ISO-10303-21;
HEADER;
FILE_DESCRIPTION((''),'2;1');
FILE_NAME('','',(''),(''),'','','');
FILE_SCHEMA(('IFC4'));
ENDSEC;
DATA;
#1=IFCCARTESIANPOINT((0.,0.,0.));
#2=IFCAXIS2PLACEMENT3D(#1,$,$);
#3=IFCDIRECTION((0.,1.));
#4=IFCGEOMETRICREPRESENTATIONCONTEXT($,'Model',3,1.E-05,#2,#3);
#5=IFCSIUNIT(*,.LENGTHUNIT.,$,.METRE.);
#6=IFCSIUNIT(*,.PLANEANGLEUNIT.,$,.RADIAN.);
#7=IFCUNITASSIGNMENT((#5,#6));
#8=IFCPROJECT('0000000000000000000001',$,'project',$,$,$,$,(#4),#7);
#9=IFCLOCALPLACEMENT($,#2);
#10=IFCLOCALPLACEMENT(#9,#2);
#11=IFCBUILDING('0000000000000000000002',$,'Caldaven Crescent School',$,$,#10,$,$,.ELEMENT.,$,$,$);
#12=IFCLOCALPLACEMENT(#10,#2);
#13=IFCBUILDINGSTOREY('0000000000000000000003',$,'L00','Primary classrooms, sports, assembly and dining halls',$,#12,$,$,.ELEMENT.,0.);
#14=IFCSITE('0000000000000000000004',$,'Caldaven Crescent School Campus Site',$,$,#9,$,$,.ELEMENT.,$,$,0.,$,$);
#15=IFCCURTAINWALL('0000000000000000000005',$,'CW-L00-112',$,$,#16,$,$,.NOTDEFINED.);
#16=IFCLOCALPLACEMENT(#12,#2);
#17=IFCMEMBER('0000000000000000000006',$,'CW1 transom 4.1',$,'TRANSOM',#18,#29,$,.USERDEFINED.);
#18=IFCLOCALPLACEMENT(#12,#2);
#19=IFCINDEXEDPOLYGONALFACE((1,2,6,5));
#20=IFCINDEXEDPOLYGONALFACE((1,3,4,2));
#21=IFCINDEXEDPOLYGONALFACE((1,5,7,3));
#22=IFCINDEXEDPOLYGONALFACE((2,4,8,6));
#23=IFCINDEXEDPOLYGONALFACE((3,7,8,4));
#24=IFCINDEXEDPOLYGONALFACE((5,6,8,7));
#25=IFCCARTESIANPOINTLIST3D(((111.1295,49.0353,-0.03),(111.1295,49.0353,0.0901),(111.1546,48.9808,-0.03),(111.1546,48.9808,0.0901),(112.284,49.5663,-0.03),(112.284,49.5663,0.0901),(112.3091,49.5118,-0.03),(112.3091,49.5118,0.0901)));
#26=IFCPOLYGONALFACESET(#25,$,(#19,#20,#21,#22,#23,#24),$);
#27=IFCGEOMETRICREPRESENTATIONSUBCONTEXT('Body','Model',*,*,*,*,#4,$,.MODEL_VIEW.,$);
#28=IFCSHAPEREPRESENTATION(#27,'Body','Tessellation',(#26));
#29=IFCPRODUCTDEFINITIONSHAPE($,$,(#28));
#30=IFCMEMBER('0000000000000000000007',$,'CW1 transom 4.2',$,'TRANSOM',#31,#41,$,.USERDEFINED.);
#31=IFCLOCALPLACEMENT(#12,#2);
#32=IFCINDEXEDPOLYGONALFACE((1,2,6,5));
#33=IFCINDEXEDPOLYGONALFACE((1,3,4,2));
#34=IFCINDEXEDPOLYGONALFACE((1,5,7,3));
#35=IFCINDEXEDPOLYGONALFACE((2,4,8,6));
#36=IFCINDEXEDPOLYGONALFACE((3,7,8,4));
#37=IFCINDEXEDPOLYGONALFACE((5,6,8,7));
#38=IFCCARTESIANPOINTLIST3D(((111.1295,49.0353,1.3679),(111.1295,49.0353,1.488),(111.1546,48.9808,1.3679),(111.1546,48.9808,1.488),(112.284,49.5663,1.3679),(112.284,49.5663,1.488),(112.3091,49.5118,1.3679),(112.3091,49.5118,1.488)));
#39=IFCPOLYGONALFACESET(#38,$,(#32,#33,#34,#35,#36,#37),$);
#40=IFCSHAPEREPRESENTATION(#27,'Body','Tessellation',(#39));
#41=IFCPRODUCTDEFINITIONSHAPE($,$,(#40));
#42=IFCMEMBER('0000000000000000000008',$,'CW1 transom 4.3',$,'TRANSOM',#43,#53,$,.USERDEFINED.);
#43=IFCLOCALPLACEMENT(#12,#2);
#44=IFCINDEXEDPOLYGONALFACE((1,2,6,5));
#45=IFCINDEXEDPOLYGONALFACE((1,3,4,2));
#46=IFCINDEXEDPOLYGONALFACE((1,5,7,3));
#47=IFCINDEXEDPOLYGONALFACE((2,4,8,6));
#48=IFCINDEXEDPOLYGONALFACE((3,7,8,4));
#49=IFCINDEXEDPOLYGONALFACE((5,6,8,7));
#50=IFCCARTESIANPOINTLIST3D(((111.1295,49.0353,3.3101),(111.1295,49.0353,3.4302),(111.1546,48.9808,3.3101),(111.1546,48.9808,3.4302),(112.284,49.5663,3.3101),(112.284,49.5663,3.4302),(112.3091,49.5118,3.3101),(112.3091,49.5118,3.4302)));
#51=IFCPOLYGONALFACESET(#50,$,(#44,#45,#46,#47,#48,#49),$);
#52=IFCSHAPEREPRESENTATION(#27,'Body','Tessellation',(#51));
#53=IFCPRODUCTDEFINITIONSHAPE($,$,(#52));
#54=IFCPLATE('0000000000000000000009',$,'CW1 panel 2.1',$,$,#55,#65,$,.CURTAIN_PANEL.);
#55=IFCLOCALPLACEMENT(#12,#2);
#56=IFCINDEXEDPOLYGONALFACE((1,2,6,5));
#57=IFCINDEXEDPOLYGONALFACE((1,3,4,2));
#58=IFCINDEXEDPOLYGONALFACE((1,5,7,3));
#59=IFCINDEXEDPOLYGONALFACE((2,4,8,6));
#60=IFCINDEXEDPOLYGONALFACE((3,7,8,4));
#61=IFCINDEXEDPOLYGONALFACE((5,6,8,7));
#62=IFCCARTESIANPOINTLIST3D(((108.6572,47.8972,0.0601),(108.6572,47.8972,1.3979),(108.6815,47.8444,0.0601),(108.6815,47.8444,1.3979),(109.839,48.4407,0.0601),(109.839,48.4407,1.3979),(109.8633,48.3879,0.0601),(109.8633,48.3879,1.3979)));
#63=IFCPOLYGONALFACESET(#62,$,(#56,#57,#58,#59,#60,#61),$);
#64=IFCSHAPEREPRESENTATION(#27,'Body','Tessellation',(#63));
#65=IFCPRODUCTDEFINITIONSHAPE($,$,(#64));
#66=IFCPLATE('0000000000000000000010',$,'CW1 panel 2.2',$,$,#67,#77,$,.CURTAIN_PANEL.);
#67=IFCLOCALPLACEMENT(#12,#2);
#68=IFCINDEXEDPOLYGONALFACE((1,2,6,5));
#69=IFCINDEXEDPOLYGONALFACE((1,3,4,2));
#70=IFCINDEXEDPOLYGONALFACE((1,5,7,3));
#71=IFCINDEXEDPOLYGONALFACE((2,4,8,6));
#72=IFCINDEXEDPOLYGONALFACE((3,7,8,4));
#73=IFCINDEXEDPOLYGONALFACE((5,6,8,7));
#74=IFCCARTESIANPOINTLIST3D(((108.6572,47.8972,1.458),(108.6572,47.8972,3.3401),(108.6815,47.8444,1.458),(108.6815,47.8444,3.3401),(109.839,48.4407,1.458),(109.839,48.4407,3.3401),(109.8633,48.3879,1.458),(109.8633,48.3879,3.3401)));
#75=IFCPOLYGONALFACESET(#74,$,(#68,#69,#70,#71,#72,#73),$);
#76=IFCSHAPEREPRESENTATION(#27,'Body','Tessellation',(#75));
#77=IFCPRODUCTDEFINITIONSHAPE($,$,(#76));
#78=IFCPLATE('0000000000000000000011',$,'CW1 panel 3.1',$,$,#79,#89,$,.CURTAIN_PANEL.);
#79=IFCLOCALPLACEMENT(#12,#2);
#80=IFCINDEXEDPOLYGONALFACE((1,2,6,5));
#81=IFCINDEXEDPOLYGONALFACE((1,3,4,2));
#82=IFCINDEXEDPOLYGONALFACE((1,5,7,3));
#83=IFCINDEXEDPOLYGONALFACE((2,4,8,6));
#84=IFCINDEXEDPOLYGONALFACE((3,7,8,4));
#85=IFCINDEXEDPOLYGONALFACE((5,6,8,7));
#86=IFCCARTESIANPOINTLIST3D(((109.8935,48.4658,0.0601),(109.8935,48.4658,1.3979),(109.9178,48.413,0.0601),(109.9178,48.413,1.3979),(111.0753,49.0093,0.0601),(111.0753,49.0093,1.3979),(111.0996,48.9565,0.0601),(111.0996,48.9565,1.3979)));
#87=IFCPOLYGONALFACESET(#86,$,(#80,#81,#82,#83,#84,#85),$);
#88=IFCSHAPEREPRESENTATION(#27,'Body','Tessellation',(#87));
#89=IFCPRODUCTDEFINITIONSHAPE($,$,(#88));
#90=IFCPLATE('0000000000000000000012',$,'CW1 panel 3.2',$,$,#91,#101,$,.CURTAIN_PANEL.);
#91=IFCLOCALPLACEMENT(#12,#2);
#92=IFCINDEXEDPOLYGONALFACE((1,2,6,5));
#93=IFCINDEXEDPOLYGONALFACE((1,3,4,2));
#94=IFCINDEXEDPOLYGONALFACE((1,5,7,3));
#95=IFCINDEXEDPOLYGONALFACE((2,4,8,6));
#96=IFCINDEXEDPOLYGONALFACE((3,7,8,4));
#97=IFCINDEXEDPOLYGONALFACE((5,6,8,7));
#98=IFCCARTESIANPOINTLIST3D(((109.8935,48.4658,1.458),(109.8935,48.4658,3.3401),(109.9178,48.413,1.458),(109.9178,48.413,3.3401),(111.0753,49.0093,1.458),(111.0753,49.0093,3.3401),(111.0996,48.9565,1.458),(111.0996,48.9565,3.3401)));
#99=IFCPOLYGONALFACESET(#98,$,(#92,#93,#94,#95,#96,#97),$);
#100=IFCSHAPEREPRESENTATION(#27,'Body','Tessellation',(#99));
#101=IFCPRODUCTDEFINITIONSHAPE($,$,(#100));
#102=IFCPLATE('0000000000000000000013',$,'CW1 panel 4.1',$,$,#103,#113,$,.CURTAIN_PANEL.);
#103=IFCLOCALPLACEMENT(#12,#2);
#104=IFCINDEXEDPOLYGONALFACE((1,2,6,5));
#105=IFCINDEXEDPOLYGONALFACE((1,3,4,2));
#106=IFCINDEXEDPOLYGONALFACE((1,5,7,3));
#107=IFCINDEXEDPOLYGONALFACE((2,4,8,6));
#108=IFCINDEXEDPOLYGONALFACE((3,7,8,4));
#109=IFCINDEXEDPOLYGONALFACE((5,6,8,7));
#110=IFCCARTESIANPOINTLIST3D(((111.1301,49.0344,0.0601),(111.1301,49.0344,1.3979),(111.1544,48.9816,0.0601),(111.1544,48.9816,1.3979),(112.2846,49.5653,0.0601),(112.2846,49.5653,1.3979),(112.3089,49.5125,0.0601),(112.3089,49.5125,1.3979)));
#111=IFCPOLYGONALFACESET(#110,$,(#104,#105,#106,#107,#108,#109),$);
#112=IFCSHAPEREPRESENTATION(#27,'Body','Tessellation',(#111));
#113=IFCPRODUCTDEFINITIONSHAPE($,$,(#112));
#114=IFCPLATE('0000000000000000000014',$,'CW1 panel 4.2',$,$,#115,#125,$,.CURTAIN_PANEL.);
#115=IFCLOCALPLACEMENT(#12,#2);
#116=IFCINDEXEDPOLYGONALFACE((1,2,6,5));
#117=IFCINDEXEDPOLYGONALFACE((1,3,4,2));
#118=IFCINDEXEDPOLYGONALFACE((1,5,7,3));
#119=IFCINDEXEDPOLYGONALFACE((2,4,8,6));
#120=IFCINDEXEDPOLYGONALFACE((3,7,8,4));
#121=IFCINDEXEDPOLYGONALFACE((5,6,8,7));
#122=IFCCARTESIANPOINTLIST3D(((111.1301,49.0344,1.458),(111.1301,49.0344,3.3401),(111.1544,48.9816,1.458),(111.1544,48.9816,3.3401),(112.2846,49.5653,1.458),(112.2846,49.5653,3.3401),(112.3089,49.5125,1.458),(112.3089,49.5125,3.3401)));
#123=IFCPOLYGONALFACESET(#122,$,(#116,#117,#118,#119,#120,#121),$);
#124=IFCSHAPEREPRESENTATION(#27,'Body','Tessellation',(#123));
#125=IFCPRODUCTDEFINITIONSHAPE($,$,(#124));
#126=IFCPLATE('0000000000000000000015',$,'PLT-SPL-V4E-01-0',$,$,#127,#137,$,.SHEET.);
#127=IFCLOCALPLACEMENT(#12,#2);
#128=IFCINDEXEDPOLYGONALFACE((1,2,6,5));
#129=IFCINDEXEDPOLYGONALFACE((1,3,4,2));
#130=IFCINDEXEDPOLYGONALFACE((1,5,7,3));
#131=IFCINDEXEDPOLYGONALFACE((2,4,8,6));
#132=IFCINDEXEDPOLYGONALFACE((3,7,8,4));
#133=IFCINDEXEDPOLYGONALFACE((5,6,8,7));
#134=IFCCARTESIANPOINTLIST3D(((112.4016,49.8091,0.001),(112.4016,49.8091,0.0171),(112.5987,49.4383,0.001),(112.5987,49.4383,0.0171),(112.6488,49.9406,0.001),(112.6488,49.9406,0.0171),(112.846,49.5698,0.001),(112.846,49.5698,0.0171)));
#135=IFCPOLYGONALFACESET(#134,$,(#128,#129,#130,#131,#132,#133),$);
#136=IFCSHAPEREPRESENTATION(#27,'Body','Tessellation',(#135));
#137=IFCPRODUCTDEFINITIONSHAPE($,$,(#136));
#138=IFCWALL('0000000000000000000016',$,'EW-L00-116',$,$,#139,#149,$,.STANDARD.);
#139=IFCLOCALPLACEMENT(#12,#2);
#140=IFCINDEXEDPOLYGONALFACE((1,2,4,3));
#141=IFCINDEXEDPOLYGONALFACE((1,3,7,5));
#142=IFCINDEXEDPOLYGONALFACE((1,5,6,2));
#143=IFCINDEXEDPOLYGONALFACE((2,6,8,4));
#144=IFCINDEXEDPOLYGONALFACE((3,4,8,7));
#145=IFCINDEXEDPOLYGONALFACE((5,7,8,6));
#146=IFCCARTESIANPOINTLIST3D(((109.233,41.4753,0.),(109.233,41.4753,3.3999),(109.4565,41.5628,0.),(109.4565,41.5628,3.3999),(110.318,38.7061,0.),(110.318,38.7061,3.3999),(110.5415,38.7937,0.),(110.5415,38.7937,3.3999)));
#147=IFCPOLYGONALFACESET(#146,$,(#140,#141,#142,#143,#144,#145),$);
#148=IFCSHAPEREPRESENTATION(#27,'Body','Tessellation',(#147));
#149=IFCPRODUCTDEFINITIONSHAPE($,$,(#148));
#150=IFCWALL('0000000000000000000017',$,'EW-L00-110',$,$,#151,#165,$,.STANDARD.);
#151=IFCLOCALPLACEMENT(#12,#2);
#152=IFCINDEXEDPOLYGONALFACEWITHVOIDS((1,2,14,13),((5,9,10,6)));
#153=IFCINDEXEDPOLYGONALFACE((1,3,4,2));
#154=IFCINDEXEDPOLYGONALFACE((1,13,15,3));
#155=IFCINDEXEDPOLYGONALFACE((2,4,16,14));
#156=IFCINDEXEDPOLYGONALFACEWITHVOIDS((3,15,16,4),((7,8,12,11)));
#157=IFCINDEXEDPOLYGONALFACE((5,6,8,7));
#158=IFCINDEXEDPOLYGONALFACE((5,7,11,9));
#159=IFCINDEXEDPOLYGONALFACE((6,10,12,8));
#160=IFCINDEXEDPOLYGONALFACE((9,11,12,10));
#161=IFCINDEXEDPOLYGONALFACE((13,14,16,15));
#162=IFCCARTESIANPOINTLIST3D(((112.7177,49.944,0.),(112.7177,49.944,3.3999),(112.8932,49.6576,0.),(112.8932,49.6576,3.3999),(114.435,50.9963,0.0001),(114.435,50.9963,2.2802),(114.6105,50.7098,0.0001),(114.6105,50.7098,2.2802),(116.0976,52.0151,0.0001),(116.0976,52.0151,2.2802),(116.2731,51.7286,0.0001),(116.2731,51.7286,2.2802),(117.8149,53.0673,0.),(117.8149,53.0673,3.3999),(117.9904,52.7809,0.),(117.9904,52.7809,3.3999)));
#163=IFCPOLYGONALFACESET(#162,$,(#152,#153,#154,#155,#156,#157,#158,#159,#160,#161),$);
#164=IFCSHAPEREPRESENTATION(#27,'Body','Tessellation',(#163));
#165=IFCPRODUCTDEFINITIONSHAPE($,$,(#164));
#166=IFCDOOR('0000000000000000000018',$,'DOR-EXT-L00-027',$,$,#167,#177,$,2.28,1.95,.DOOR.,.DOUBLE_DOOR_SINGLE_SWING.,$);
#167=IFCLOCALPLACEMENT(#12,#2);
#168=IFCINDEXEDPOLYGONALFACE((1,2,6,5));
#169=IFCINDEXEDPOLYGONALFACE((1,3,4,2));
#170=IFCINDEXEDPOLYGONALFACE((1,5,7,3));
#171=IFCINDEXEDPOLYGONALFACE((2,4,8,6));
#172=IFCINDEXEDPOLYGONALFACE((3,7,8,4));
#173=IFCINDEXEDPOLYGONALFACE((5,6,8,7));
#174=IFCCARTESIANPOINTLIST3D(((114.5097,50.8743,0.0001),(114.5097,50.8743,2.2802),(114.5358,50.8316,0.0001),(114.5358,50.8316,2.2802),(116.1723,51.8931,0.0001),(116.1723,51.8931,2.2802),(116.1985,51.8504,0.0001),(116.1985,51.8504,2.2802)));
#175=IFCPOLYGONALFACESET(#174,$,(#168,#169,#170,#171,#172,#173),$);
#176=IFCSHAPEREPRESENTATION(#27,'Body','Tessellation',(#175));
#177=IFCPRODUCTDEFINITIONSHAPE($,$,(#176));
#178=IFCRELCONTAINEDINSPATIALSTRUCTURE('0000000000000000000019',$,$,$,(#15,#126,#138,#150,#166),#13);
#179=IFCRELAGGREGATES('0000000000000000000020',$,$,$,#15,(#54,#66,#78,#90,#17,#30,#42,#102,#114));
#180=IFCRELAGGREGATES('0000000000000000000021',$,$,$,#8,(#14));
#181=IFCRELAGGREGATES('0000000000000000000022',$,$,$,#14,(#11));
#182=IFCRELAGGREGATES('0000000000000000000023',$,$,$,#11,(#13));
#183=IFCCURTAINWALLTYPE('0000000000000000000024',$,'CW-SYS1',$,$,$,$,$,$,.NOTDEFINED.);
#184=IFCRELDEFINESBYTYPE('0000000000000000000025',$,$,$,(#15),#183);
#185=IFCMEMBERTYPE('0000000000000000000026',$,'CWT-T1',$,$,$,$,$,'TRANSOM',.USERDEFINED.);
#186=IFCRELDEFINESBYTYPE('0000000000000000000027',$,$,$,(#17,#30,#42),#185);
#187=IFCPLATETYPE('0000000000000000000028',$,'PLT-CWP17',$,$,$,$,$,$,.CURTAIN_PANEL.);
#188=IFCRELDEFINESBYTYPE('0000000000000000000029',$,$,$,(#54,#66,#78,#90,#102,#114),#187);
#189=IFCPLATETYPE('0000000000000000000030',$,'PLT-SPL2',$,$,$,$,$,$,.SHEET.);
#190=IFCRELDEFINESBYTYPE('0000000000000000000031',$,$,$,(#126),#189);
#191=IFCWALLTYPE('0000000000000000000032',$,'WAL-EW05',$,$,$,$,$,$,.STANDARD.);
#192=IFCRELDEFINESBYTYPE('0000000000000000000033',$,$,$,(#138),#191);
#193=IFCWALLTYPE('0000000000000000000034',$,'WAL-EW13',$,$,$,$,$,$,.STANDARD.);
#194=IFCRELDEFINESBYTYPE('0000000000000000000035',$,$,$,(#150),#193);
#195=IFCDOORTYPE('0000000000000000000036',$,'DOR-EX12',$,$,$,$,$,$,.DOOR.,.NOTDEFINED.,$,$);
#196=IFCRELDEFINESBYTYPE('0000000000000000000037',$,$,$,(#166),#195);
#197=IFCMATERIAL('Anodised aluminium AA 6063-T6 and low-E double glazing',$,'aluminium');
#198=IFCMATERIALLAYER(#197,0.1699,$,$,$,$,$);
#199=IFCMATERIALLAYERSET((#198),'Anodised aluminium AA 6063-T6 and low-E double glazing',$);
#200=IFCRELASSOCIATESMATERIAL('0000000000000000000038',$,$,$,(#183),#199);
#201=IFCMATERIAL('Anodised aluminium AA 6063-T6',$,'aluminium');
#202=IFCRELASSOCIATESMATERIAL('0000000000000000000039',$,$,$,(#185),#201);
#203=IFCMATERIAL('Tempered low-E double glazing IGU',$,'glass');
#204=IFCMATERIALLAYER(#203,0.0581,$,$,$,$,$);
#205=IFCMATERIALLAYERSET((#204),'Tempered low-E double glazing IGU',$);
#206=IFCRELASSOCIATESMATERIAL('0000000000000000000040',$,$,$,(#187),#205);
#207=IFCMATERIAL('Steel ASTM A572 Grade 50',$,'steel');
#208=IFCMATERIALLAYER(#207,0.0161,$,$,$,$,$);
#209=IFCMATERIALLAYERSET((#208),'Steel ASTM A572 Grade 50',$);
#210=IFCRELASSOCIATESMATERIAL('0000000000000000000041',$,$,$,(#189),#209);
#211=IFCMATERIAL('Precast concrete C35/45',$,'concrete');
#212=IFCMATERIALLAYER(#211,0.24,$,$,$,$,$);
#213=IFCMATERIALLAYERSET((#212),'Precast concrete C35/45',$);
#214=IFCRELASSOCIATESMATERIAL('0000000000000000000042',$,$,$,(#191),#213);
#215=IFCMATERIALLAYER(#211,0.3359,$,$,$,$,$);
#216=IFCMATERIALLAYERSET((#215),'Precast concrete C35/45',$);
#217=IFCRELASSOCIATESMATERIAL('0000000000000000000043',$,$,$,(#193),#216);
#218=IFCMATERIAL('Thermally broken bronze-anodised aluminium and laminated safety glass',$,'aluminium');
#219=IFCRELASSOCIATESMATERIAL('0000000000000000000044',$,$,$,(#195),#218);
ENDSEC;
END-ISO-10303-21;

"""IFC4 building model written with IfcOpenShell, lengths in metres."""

from ifc_helpers import new_model, si_unit, direction, frame, frame_2d, origin, origin_2d, place, context, subcontext, project, spatial, rectangle, extrude, material, layer, layer_set, material_profile, profile_set, type_object, element, fill, aggregate, save


model = new_model("IFC4")

# Units and contexts
model_context = context("Model", 3, precision=1e-05, world=origin(), true_north=direction((0.0, 1.0)))
body_context = subcontext(model_context, "Body", "Model", "MODEL_VIEW")
ifc_project = project(units=[si_unit("LENGTHUNIT", "METRE"), si_unit("PLANEANGLEUNIT", "RADIAN")], contexts=[model_context])

# Site, building, storey
site_placement = place(None, origin())
site = spatial("IfcSite", under=ifc_project, at=site_placement, Name="Caldaven Crescent School Campus Site", CompositionType="ELEMENT", RefElevation=0.0)
building_placement = place(site_placement, origin())
building = spatial("IfcBuilding", under=site, at=building_placement, Name="Caldaven Crescent School", CompositionType="ELEMENT")
storey_placement = place(building_placement, origin())
storey = spatial("IfcBuildingStorey", under=building, at=storey_placement, Name="L00", Description="Primary classrooms, sports, assembly and dining halls", CompositionType="ELEMENT", Elevation=0.0)

# Shared definitions
ifc_material_1 = material(Name="Steel ASTM A572 Grade 50", Category="steel")

# Curtain wall, members, plates
ifc_material_2 = material(Name="Anodised aluminium AA 6063-T6 and low-E double glazing", Category="aluminium")
ifc_layer_1 = layer(ifc_material_2, 0.1699)
ifc_layer_set_1 = layer_set([ifc_layer_1], Name="Anodised aluminium AA 6063-T6 and low-E double glazing")
curtain_wall_type = type_object("IfcCurtainWallType", Name="CW-SYS1", PredefinedType="NOTDEFINED", material=ifc_layer_set_1)
curtain_wall_placement = place(storey_placement, origin())
curtain_wall = element("IfcCurtainWall", 1, at=curtain_wall_placement, inside=storey, type_object=curtain_wall_type, Name="CW-L00-112", PredefinedType="NOTDEFINED")
ifc_material_3 = material(Name="Anodised aluminium AA 6063-T6", Category="aluminium")
ifc_material_profile_1 = material_profile(ifc_material_3, rectangle(XDim=0.0601, YDim=0.1201, at=origin_2d()), Name="CWT 60x120")
ifc_profile_set_1 = profile_set([ifc_material_profile_1], Name="Anodised aluminium AA 6063-T6")
member_type_1 = type_object("IfcMemberType", Name="CWT-T1", ElementType="TRANSOM", PredefinedType="USERDEFINED", material=ifc_profile_set_1)
member_1_placement = place(storey_placement, frame((111.1421, 49.0081, 0.03), z_axis=(0.908515, 0.417852, 0.0), x_axis=(-0.417852, 0.908515, 0.0)))
member_1 = element("IfcMember", 2, at=member_1_placement, type_object=member_type_1, Name="CW1 transom 4.1", ObjectType="TRANSOM", PredefinedType="USERDEFINED", context=body_context, shape_type="SweptSolid", body=[
    extrude(rectangle(XDim=0.0601, YDim=0.1201, at=origin_2d()), origin(), (0.0, 0.0, 1.0), 1.2708),
])
member_2_placement = place(storey_placement, frame((111.1421, 49.0081, 1.428), z_axis=(0.908515, 0.417852, 0.0), x_axis=(-0.417852, 0.908515, 0.0)))
member_2 = element("IfcMember", 3, at=member_2_placement, type_object=member_type_1, Name="CW1 transom 4.2", ObjectType="TRANSOM", PredefinedType="USERDEFINED", context=body_context, shape_type="SweptSolid", body=[
    extrude(rectangle(XDim=0.0601, YDim=0.1201, at=origin_2d()), origin(), (0.0, 0.0, 1.0), 1.2708),
])
member_3_placement = place(storey_placement, frame((111.1421, 49.0081, 3.3701), z_axis=(0.908515, 0.417852, 0.0), x_axis=(-0.417852, 0.908515, 0.0)))
member_3 = element("IfcMember", 4, at=member_3_placement, type_object=member_type_1, Name="CW1 transom 4.3", ObjectType="TRANSOM", PredefinedType="USERDEFINED", context=body_context, shape_type="SweptSolid", body=[
    extrude(rectangle(XDim=0.0601, YDim=0.1201, at=origin_2d()), origin(), (0.0, 0.0, 1.0), 1.2708),
])
ifc_material_4 = material(Name="Tempered low-E double glazing IGU", Category="glass")
ifc_layer_2 = layer(ifc_material_4, 0.0581)
ifc_layer_set_2 = layer_set([ifc_layer_2], Name="Tempered low-E double glazing IGU")
plate_type_1 = type_object("IfcPlateType", Name="PLT-CWP17", PredefinedType="CURTAIN_PANEL", material=ifc_layer_set_2)
plate_1_placement = place(storey_placement, frame((109.2603, 48.1426, 0.0601), z_axis=(0.0, 0.0, 1.0), x_axis=(0.908528, 0.417824, 0.0)))
plate_1 = element("IfcPlate", 5, at=plate_1_placement, type_object=plate_type_1, Name="CW1 panel 2.1", PredefinedType="CURTAIN_PANEL", context=body_context, shape_type="SweptSolid", body=[
    extrude(rectangle(XDim=1.3008, YDim=0.0581, at=origin_2d()), origin(), (0.0, 0.0, 1.0), 1.3379),
])
plate_2_placement = place(storey_placement, frame((109.2603, 48.1426, 1.458), z_axis=(0.0, 0.0, 1.0), x_axis=(0.908528, 0.417824, 0.0)))
plate_2 = element("IfcPlate", 6, at=plate_2_placement, type_object=plate_type_1, Name="CW1 panel 2.2", PredefinedType="CURTAIN_PANEL", context=body_context, shape_type="SweptSolid", body=[
    extrude(rectangle(XDim=1.3008, YDim=0.0581, at=origin_2d()), origin(), (0.0, 0.0, 1.0), 1.8821),
])
plate_3_placement = place(storey_placement, frame((110.4966, 48.7112, 0.0601), z_axis=(0.0, 0.0, 1.0), x_axis=(0.908528, 0.417824, 0.0)))
plate_3 = element("IfcPlate", 7, at=plate_3_placement, type_object=plate_type_1, Name="CW1 panel 3.1", PredefinedType="CURTAIN_PANEL", context=body_context, shape_type="SweptSolid", body=[
    extrude(rectangle(XDim=1.3008, YDim=0.0581, at=origin_2d()), origin(), (0.0, 0.0, 1.0), 1.3379),
])
plate_4_placement = place(storey_placement, frame((110.4966, 48.7112, 1.458), z_axis=(0.0, 0.0, 1.0), x_axis=(0.908528, 0.417824, 0.0)))
plate_4 = element("IfcPlate", 8, at=plate_4_placement, type_object=plate_type_1, Name="CW1 panel 3.2", PredefinedType="CURTAIN_PANEL", context=body_context, shape_type="SweptSolid", body=[
    extrude(rectangle(XDim=1.3008, YDim=0.0581, at=origin_2d()), origin(), (0.0, 0.0, 1.0), 1.8821),
])
plate_5_placement = place(storey_placement, frame((111.7195, 49.2734, 0.0601), z_axis=(0.0, 0.0, 1.0), x_axis=(0.908528, 0.417824, 0.0)))
plate_5 = element("IfcPlate", 9, at=plate_5_placement, type_object=plate_type_1, Name="CW1 panel 4.1", PredefinedType="CURTAIN_PANEL", context=body_context, shape_type="SweptSolid", body=[
    extrude(rectangle(XDim=1.2708, YDim=0.0581, at=origin_2d()), origin(), (0.0, 0.0, 1.0), 1.3379),
])
plate_6_placement = place(storey_placement, frame((111.7195, 49.2734, 1.458), z_axis=(0.0, 0.0, 1.0), x_axis=(0.908528, 0.417824, 0.0)))
plate_6 = element("IfcPlate", 10, at=plate_6_placement, type_object=plate_type_1, Name="CW1 panel 4.2", PredefinedType="CURTAIN_PANEL", context=body_context, shape_type="SweptSolid", body=[
    extrude(rectangle(XDim=1.2708, YDim=0.0581, at=origin_2d()), origin(), (0.0, 0.0, 1.0), 1.8821),
])
aggregate(curtain_wall, [plate_1, plate_2, plate_3, plate_4, member_1, member_2, member_3, plate_5, plate_6])

# Plate
ifc_layer_3 = layer(ifc_material_1, 0.0161)
ifc_layer_set_3 = layer_set([ifc_layer_3], Name="Steel ASTM A572 Grade 50")
plate_type_2 = type_object("IfcPlateType", Name="PLT-SPL2", PredefinedType="SHEET", material=ifc_layer_set_3)
plate_7_placement = place(storey_placement, frame((112.6238, 49.6895, 0.001), z_axis=(0.0, 0.0, 1.0), x_axis=(0.469472, -0.882948, 0.0)))
element("IfcPlate", 11, at=plate_7_placement, inside=storey, type_object=plate_type_2, Name="PLT-SPL-V4E-01-0", PredefinedType="SHEET", context=body_context, shape_type="SweptSolid", body=[
    extrude(rectangle(XDim=0.4199, YDim=0.28, at=origin_2d()), origin(), (0.0, 0.0, 1.0), 0.0161),
])

# Wall
ifc_material_5 = material(Name="Precast concrete C35/45", Category="concrete")
ifc_layer_4 = layer(ifc_material_5, 0.24)
ifc_layer_set_4 = layer_set([ifc_layer_4], Name="Precast concrete C35/45")
wall_type_1 = type_object("IfcWallType", Name="WAL-EW05", PredefinedType="STANDARD", material=ifc_layer_set_4)
wall_1_placement = place(storey_placement, frame((109.3447, 41.519, 0.0), z_axis=(0.0, 0.0, 1.0), x_axis=(0.364814, -0.93108, 0.0)))
element("IfcWall", 12, at=wall_1_placement, inside=storey, type_object=wall_type_1, Name="EW-L00-116", PredefinedType="STANDARD", context=body_context, shape_type="SweptSolid", body=[
    extrude(rectangle(XDim=2.9741, YDim=0.24, at=frame_2d((1.4871, 0.0))), origin(), (0.0, 0.0, 1.0), 3.3999),
])

# Wall, opening, door
ifc_layer_5 = layer(ifc_material_5, 0.3359)
ifc_layer_set_5 = layer_set([ifc_layer_5], Name="Precast concrete C35/45")
wall_type_2 = type_object("IfcWallType", Name="WAL-EW13", PredefinedType="STANDARD", material=ifc_layer_set_5)
wall_2_placement = place(storey_placement, frame((112.8054, 49.8008, 0.0), z_axis=(0.0, 0.0, 1.0), x_axis=(0.852659, 0.522467, 0.0)))
wall_2 = element("IfcWall", 13, at=wall_2_placement, inside=storey, type_object=wall_type_2, Name="EW-L00-110", PredefinedType="STANDARD", context=body_context, shape_type="SweptSolid", body=[
    extrude(rectangle(XDim=5.978, YDim=0.3359, at=frame_2d((2.989, 0.0))), origin(), (0.0, 0.0, 1.0), 3.3999),
])
opening_1_placement = place(wall_2_placement, frame((2.0139, 0.0, 0.0)))
opening_1 = element("IfcOpeningElement", 14, at=opening_1_placement, cuts=wall_2, PredefinedType="OPENING", context=body_context, shape_type="SweptSolid", body=[
    extrude(rectangle(XDim=1.95, YDim=2.28, at=frame_2d((0.9751, 1.1401))), frame((0.0, 0.178, 0.0), z_axis=(0.0, -1.0, 0.0), x_axis=(1.0, 0.0, 0.0)), (0.0, 0.0, 1.0), 0.356),
])
ifc_material_6 = material(Name="Thermally broken bronze-anodised aluminium and laminated safety glass", Category="aluminium")
door_type_1 = type_object("IfcDoorType", Name="DOR-EX12", OperationType="NOTDEFINED", PredefinedType="DOOR", material=ifc_material_6)
door_1_placement = place(opening_1_placement, origin())
door_1 = element("IfcDoor", 15, at=door_1_placement, inside=storey, type_object=door_type_1, Name="DOR-EXT-L00-027", OperationType="DOUBLE_DOOR_SINGLE_SWING", OverallHeight=2.28, OverallWidth=1.95, PredefinedType="DOOR", context=body_context, shape_type="SweptSolid", body=[
    extrude(rectangle(XDim=1.95, YDim=2.28, at=frame_2d((0.9751, 1.1401))), frame((0.0, 0.0249, 0.0), z_axis=(0.0, -1.0, 0.0), x_axis=(1.0, 0.0, 0.0)), (0.0, 0.0, 1.0), 0.05),
])
fill(opening_1, door_1)

save(model, "model.ifc")
